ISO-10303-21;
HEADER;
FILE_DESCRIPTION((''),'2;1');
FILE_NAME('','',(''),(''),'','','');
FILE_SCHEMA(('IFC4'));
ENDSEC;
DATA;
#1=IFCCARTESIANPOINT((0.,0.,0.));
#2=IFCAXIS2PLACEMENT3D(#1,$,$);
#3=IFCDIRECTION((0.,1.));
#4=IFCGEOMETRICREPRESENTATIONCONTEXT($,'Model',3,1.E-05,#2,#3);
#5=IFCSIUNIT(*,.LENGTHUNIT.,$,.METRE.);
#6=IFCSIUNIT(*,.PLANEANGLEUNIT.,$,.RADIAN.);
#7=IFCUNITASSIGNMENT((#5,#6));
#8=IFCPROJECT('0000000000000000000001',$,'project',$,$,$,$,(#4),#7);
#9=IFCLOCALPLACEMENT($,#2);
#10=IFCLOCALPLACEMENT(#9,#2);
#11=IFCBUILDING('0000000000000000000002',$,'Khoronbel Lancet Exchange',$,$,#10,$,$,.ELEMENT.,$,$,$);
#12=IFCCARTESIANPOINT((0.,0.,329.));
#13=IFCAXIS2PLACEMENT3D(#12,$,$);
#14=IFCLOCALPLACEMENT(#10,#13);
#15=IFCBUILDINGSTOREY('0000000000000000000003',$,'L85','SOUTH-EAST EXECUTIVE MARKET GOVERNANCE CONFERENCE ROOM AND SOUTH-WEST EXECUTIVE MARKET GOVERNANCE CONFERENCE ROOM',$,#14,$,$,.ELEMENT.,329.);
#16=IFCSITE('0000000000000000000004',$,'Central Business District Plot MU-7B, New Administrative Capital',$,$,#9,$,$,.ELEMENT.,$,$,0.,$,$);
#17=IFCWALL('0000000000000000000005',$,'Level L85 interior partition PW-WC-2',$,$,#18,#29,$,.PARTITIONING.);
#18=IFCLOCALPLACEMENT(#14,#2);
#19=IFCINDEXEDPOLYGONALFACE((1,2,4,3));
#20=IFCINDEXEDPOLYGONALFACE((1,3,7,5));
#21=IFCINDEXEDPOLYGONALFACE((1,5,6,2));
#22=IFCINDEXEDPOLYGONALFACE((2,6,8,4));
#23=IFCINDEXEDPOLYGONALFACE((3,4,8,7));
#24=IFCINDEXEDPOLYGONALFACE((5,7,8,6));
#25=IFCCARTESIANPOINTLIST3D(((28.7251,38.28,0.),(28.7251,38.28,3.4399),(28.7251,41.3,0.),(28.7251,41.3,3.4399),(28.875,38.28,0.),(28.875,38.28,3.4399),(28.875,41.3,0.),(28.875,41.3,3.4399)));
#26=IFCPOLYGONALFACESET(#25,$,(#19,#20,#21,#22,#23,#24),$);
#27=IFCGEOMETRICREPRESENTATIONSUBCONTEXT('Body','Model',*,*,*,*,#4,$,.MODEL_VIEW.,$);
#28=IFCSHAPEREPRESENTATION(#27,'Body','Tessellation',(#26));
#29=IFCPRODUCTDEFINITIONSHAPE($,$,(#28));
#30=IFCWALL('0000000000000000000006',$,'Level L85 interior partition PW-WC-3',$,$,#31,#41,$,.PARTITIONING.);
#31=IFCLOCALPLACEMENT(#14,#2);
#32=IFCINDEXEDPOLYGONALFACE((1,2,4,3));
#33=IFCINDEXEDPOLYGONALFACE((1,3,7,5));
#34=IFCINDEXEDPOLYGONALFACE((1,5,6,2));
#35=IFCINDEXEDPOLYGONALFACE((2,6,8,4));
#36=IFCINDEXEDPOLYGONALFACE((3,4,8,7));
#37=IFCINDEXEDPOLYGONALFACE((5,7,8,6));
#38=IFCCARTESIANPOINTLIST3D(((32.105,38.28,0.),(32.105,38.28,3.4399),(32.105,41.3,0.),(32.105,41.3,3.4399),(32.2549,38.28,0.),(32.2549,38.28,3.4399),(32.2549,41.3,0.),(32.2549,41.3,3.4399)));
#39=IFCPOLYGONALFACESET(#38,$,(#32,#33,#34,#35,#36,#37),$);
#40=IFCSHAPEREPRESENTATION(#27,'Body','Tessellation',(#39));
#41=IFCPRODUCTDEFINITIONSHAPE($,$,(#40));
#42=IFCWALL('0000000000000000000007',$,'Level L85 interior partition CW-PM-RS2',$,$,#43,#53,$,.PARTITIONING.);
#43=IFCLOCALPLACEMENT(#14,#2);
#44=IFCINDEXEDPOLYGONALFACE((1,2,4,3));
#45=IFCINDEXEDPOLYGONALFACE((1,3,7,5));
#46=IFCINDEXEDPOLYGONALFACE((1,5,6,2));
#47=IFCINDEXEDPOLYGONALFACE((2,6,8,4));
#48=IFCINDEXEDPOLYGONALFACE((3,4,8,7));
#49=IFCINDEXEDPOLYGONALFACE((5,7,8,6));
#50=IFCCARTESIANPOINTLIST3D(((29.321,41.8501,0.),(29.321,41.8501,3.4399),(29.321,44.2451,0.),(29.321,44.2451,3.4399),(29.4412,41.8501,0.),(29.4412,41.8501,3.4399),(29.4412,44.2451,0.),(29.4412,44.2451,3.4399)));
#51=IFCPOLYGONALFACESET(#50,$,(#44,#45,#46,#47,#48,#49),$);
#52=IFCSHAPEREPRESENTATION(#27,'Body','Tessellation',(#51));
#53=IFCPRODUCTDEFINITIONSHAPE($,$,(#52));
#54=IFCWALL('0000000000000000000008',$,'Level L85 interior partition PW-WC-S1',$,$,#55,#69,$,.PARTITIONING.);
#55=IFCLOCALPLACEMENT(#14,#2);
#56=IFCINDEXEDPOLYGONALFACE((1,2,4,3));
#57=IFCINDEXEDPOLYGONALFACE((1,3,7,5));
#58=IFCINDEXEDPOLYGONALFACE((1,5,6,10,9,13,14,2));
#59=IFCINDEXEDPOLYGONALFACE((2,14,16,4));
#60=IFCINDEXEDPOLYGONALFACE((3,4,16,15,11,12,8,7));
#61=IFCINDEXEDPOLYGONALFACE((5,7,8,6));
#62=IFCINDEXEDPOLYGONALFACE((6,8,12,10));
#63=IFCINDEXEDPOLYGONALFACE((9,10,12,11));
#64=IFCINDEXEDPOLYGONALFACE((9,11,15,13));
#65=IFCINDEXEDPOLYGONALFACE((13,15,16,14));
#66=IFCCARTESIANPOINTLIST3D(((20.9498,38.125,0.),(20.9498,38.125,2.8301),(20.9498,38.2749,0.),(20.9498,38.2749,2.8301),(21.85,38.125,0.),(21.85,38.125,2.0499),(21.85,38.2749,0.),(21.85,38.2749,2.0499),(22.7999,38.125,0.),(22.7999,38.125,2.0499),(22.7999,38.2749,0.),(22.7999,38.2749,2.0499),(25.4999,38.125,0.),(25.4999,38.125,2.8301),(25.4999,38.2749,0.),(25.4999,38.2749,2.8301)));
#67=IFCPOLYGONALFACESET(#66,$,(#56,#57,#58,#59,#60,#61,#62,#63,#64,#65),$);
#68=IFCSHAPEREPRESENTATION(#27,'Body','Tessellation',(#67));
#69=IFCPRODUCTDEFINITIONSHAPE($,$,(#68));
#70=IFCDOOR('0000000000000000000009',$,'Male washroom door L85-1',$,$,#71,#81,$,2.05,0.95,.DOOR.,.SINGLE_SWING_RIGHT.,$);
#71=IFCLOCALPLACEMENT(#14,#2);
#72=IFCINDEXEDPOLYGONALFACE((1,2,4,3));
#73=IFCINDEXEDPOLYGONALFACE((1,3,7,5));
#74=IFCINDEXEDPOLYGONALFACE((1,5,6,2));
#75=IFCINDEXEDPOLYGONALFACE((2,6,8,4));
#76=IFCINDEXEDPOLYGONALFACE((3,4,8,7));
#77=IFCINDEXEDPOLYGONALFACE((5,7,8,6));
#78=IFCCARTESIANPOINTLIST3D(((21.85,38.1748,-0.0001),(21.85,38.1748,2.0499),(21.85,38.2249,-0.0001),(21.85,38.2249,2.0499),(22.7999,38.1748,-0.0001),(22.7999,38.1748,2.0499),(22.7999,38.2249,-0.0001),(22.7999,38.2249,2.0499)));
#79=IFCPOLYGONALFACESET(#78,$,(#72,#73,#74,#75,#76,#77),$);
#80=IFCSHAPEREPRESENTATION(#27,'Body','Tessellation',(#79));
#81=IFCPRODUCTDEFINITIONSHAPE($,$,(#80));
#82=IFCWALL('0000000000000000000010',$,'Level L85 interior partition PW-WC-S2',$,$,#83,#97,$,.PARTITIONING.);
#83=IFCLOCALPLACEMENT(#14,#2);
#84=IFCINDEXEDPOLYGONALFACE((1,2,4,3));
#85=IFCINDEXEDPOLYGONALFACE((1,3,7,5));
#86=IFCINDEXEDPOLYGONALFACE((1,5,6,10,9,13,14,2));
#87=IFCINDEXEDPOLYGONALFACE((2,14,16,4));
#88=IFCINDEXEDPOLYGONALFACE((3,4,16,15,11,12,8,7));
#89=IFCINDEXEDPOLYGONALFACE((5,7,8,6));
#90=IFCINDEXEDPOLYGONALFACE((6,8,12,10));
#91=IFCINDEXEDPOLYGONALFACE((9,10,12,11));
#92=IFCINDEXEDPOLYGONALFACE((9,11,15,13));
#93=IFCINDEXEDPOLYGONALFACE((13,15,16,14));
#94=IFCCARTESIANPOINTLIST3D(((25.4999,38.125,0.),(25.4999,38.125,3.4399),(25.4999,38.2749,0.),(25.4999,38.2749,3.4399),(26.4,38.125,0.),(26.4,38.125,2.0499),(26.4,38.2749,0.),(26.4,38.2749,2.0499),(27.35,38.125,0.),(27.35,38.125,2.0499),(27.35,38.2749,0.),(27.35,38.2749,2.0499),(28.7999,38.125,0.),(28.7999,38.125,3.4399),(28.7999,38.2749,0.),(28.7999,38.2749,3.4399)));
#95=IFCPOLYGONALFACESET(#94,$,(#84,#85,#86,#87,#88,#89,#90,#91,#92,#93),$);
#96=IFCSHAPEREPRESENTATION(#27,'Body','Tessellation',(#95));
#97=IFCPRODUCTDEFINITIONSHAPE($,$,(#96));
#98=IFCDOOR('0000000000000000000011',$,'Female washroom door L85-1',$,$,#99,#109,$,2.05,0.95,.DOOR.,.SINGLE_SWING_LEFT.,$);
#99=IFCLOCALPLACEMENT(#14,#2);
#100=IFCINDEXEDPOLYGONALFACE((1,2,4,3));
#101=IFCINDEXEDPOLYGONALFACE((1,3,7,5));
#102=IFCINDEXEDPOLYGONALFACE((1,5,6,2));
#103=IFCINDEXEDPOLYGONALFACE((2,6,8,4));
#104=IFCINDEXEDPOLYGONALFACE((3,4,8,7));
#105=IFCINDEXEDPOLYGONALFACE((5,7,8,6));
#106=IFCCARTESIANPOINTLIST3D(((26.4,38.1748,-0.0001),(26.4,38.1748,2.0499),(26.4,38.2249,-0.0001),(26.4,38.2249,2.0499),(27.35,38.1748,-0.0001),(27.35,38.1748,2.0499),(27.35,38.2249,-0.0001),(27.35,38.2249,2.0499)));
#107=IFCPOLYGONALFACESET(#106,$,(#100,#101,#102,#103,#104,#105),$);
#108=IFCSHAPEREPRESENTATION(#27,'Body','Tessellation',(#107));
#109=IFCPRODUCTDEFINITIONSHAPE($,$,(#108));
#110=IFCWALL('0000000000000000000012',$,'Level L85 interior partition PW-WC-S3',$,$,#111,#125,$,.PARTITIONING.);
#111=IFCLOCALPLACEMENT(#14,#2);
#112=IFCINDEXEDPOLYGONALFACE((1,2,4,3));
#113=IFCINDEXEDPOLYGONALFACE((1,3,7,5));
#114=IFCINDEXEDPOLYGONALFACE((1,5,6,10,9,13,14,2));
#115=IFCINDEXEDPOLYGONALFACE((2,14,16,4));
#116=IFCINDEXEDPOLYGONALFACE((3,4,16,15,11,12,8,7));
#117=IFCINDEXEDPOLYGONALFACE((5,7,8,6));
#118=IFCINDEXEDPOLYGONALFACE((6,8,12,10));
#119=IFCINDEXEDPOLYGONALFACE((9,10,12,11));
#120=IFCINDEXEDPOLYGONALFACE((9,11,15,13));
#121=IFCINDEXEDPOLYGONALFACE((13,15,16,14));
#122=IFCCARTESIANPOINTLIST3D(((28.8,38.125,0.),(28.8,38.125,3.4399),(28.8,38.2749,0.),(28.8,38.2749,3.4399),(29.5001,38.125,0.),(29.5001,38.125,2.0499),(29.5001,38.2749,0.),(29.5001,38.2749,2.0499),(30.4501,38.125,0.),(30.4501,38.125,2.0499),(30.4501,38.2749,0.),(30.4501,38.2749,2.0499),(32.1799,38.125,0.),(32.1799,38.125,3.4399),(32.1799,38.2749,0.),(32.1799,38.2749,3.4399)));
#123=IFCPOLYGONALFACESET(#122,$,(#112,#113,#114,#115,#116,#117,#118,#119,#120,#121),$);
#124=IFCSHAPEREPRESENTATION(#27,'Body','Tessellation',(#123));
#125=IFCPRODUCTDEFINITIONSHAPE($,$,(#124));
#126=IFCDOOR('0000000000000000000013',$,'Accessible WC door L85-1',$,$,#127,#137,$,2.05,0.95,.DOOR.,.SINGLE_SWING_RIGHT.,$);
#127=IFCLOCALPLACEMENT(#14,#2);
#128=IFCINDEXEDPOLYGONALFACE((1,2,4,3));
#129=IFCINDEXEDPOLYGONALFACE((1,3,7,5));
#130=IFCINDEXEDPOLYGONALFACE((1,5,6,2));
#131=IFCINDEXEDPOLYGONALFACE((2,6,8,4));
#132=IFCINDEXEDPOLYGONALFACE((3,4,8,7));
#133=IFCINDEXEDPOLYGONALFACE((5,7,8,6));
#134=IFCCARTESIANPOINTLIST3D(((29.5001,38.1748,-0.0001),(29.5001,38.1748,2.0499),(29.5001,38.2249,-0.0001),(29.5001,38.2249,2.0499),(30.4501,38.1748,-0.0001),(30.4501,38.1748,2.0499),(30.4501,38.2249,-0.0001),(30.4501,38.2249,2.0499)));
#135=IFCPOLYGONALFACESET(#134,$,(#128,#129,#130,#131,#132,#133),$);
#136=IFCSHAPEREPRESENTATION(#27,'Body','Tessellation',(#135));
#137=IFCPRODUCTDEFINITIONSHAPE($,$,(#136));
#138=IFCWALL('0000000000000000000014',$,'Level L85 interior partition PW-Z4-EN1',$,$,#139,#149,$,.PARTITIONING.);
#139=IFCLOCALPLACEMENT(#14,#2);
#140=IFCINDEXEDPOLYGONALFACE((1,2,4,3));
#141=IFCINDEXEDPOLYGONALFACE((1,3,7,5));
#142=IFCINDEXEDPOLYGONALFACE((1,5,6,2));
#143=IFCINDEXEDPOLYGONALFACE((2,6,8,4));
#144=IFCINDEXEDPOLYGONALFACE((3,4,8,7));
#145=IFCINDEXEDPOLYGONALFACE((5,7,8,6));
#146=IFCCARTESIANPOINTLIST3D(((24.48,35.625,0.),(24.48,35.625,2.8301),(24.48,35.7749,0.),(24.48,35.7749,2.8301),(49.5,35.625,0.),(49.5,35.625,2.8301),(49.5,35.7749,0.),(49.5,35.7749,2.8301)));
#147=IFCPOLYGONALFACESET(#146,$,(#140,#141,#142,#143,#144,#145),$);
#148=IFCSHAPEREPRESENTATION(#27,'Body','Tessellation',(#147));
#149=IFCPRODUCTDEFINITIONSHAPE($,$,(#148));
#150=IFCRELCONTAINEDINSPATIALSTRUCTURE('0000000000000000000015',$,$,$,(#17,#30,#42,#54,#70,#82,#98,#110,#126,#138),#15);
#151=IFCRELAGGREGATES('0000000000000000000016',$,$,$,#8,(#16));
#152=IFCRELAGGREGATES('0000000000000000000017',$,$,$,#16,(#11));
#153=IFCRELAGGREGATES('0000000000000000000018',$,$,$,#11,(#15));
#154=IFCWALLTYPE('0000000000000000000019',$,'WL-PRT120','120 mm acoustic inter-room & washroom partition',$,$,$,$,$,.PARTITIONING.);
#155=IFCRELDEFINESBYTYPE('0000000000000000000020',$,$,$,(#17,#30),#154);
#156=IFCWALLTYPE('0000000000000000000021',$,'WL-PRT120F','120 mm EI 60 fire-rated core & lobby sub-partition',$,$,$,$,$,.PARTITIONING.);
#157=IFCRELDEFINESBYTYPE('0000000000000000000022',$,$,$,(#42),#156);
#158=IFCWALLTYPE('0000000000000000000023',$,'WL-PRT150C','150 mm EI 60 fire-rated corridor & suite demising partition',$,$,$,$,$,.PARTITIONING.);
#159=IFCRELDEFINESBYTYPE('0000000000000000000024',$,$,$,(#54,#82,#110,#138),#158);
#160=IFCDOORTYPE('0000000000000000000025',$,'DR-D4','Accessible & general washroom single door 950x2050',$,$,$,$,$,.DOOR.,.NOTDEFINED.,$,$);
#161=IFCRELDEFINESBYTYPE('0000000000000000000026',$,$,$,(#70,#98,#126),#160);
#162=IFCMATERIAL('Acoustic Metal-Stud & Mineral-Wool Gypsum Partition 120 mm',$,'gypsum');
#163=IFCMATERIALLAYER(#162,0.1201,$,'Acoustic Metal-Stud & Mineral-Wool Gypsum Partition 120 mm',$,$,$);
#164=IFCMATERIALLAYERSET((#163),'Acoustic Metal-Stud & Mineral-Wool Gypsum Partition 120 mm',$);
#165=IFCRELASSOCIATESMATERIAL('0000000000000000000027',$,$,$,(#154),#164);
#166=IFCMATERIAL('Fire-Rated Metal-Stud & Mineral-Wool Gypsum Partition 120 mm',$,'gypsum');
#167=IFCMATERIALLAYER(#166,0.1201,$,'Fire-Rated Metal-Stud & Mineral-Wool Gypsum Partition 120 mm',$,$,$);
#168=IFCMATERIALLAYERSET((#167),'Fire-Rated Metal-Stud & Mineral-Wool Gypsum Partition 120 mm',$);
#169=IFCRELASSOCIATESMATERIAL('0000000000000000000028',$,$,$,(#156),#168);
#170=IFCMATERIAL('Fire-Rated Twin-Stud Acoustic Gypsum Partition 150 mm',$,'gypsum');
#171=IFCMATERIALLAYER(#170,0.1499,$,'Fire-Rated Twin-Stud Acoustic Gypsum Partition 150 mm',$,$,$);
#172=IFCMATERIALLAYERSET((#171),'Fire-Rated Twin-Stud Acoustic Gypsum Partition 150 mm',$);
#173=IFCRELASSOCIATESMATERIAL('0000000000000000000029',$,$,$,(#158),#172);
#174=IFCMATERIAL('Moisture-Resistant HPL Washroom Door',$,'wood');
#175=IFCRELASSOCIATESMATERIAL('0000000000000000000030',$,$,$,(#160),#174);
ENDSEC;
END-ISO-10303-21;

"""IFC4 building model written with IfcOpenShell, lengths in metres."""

from ifc_helpers import new_model, si_unit, direction, frame, frame_2d, origin, place, context, subcontext, project, spatial, rectangle, extrude, material, layer, layer_set, type_object, element, fill, save


model = new_model("IFC4")

# Units and contexts
model_context = context("Model", 3, precision=1e-05, world=origin(), true_north=direction((0.0, 1.0)))
body_context = subcontext(model_context, "Body", "Model", "MODEL_VIEW")
ifc_project = project(units=[si_unit("LENGTHUNIT", "METRE"), si_unit("PLANEANGLEUNIT", "RADIAN")], contexts=[model_context])

# Site, building, storey
site_placement = place(None, origin())
site = spatial("IfcSite", under=ifc_project, at=site_placement, Name="Central Business District Plot MU-7B, New Administrative Capital", CompositionType="ELEMENT", RefElevation=0.0)
building_placement = place(site_placement, origin())
building = spatial("IfcBuilding", under=site, at=building_placement, Name="Khoronbel Lancet Exchange", CompositionType="ELEMENT")
storey_placement = place(building_placement, frame((0.0, 0.0, 329.0)))
storey = spatial("IfcBuildingStorey", under=building, at=storey_placement, Name="L85", Description="SOUTH-EAST EXECUTIVE MARKET GOVERNANCE CONFERENCE ROOM AND SOUTH-WEST EXECUTIVE MARKET GOVERNANCE CONFERENCE ROOM", CompositionType="ELEMENT", Elevation=329.0)

# Walls
ifc_material_1 = material(Name="Acoustic Metal-Stud & Mineral-Wool Gypsum Partition 120 mm", Category="gypsum")
ifc_layer_1 = layer(ifc_material_1, 0.1201, Name="Acoustic Metal-Stud & Mineral-Wool Gypsum Partition 120 mm")
ifc_layer_set_1 = layer_set([ifc_layer_1], Name="Acoustic Metal-Stud & Mineral-Wool Gypsum Partition 120 mm")
wall_type_1 = type_object("IfcWallType", Name="WL-PRT120", Description="120 mm acoustic inter-room & washroom partition", PredefinedType="PARTITIONING", material=ifc_layer_set_1)
for number, where, z_axis, x_axis, name in (
    (1, (28.8, 38.28, 0.0), (0.0, 0.0, 1.0), (0.0, 1.0, 0.0), "Level L85 interior partition PW-WC-2"),
    (2, (32.1799, 38.28, 0.0), (0.0, 0.0, 1.0), (0.0, 1.0, 0.0), "Level L85 interior partition PW-WC-3"),
):
    element("IfcWall", number, at=place(storey_placement, frame(where, z_axis=z_axis, x_axis=x_axis)), inside=storey, type_object=wall_type_1, Name=name, PredefinedType="PARTITIONING", context=body_context, shape_type="SweptSolid", body=[
        extrude(rectangle(XDim=3.02, YDim=0.1499, at=frame_2d((1.51, 0.0))), origin(), (0.0, 0.0, 1.0), 3.4399),
    ])
ifc_material_2 = material(Name="Fire-Rated Metal-Stud & Mineral-Wool Gypsum Partition 120 mm", Category="gypsum")
ifc_layer_2 = layer(ifc_material_2, 0.1201, Name="Fire-Rated Metal-Stud & Mineral-Wool Gypsum Partition 120 mm")
ifc_layer_set_2 = layer_set([ifc_layer_2], Name="Fire-Rated Metal-Stud & Mineral-Wool Gypsum Partition 120 mm")
wall_type_2 = type_object("IfcWallType", Name="WL-PRT120F", Description="120 mm EI 60 fire-rated core & lobby sub-partition", PredefinedType="PARTITIONING", material=ifc_layer_set_2)
wall_1_placement = place(storey_placement, frame((29.3811, 41.8501, 0.0), z_axis=(0.0, 0.0, 1.0), x_axis=(0.0, 1.0, 0.0)))
element("IfcWall", 3, at=wall_1_placement, inside=storey, type_object=wall_type_2, Name="Level L85 interior partition CW-PM-RS2", PredefinedType="PARTITIONING", context=body_context, shape_type="SweptSolid", body=[
    extrude(rectangle(XDim=2.395, YDim=0.1201, at=frame_2d((1.1975, 0.0))), origin(), (0.0, 0.0, 1.0), 3.4399),
])

# Walls, openings, doors
ifc_material_3 = material(Name="Fire-Rated Twin-Stud Acoustic Gypsum Partition 150 mm", Category="gypsum")
ifc_layer_3 = layer(ifc_material_3, 0.1499, Name="Fire-Rated Twin-Stud Acoustic Gypsum Partition 150 mm")
ifc_layer_set_3 = layer_set([ifc_layer_3], Name="Fire-Rated Twin-Stud Acoustic Gypsum Partition 150 mm")
wall_type_3 = type_object("IfcWallType", Name="WL-PRT150C", Description="150 mm EI 60 fire-rated corridor & suite demising partition", PredefinedType="PARTITIONING", material=ifc_layer_set_3)
wall_2_placement = place(storey_placement, frame((20.95, 38.2, 0.0), z_axis=(0.0, 0.0, 1.0), x_axis=(1.0, 0.0, 0.0)))
wall_2 = element("IfcWall", 4, at=wall_2_placement, inside=storey, type_object=wall_type_3, Name="Level L85 interior partition PW-WC-S1", PredefinedType="PARTITIONING", context=body_context, shape_type="SweptSolid", body=[
    extrude(rectangle(XDim=4.55, YDim=0.1499, at=frame_2d((2.2749, 0.0))), origin(), (0.0, 0.0, 1.0), 2.8301),
])
opening_1_placement = place(wall_2_placement, frame((0.8999, 0.0, 0.0)))
opening_1 = element("IfcOpeningElement", 5, at=opening_1_placement, cuts=wall_2, PredefinedType="OPENING", context=body_context, shape_type="SweptSolid", body=[
    extrude(rectangle(XDim=0.95, YDim=2.05, at=frame_2d((0.4751, 1.0249))), frame((0.0, 0.085, 0.0), z_axis=(0.0, -1.0, 0.0), x_axis=(1.0, 0.0, 0.0)), (0.0, 0.0, 1.0), 0.1699),
])
ifc_material_4 = material(Name="Moisture-Resistant HPL Washroom Door", Category="wood")
door_type_1 = type_object("IfcDoorType", Name="DR-D4", Description="Accessible & general washroom single door 950x2050", OperationType="NOTDEFINED", PredefinedType="DOOR", material=ifc_material_4)
door_1_placement = place(opening_1_placement, origin())
door_1 = element("IfcDoor", 6, at=door_1_placement, inside=storey, type_object=door_type_1, Name="Male washroom door L85-1", OperationType="SINGLE_SWING_RIGHT", OverallHeight=2.05, OverallWidth=0.95, PredefinedType="DOOR", context=body_context, shape_type="SweptSolid", body=[
    extrude(rectangle(XDim=0.95, YDim=2.05, at=frame_2d((0.4751, 1.0249))), frame((0.0, 0.0249, 0.0), z_axis=(0.0, -1.0, 0.0), x_axis=(1.0, 0.0, 0.0)), (0.0, 0.0, 1.0), 0.05),
])
fill(opening_1, door_1)
wall_3_placement = place(storey_placement, frame((25.5, 38.2, 0.0), z_axis=(0.0, 0.0, 1.0), x_axis=(1.0, 0.0, 0.0)))
wall_3 = element("IfcWall", 7, at=wall_3_placement, inside=storey, type_object=wall_type_3, Name="Level L85 interior partition PW-WC-S2", PredefinedType="PARTITIONING", context=body_context, shape_type="SweptSolid", body=[
    extrude(rectangle(XDim=3.3, YDim=0.1499, at=frame_2d((1.6499, 0.0))), origin(), (0.0, 0.0, 1.0), 3.4399),
])
opening_2_placement = place(wall_3_placement, frame((0.8999, 0.0, 0.0)))
opening_2 = element("IfcOpeningElement", 8, at=opening_2_placement, cuts=wall_3, PredefinedType="OPENING", context=body_context, shape_type="SweptSolid", body=[
    extrude(rectangle(XDim=0.95, YDim=2.05, at=frame_2d((0.4751, 1.0249))), frame((0.0, 0.085, 0.0), z_axis=(0.0, -1.0, 0.0), x_axis=(1.0, 0.0, 0.0)), (0.0, 0.0, 1.0), 0.1699),
])
door_2_placement = place(opening_2_placement, origin())
door_2 = element("IfcDoor", 9, at=door_2_placement, inside=storey, type_object=door_type_1, Name="Female washroom door L85-1", OperationType="SINGLE_SWING_LEFT", OverallHeight=2.05, OverallWidth=0.95, PredefinedType="DOOR", context=body_context, shape_type="SweptSolid", body=[
    extrude(rectangle(XDim=0.95, YDim=2.05, at=frame_2d((0.4751, 1.0249))), frame((0.0, 0.0249, 0.0), z_axis=(0.0, -1.0, 0.0), x_axis=(1.0, 0.0, 0.0)), (0.0, 0.0, 1.0), 0.05),
])
fill(opening_2, door_2)
wall_4_placement = place(storey_placement, frame((28.8, 38.2, 0.0), z_axis=(0.0, 0.0, 1.0), x_axis=(1.0, 0.0, 0.0)))
wall_4 = element("IfcWall", 10, at=wall_4_placement, inside=storey, type_object=wall_type_3, Name="Level L85 interior partition PW-WC-S3", PredefinedType="PARTITIONING", context=body_context, shape_type="SweptSolid", body=[
    extrude(rectangle(XDim=3.3799, YDim=0.1499, at=frame_2d((1.6899, 0.0))), origin(), (0.0, 0.0, 1.0), 3.4399),
])
opening_3_placement = place(wall_4_placement, frame((0.7, 0.0, 0.0)))
opening_3 = element("IfcOpeningElement", 11, at=opening_3_placement, cuts=wall_4, PredefinedType="OPENING", context=body_context, shape_type="SweptSolid", body=[
    extrude(rectangle(XDim=0.95, YDim=2.05, at=frame_2d((0.4751, 1.0249))), frame((0.0, 0.085, 0.0), z_axis=(0.0, -1.0, 0.0), x_axis=(1.0, 0.0, 0.0)), (0.0, 0.0, 1.0), 0.1699),
])
door_3_placement = place(opening_3_placement, origin())
door_3 = element("IfcDoor", 12, at=door_3_placement, inside=storey, type_object=door_type_1, Name="Accessible WC door L85-1", OperationType="SINGLE_SWING_RIGHT", OverallHeight=2.05, OverallWidth=0.95, PredefinedType="DOOR", context=body_context, shape_type="SweptSolid", body=[
    extrude(rectangle(XDim=0.95, YDim=2.05, at=frame_2d((0.4751, 1.0249))), frame((0.0, 0.0249, 0.0), z_axis=(0.0, -1.0, 0.0), x_axis=(1.0, 0.0, 0.0)), (0.0, 0.0, 1.0), 0.05),
])
fill(opening_3, door_3)

# Wall
wall_5_placement = place(storey_placement, frame((24.48, 35.7, 0.0), z_axis=(0.0, 0.0, 1.0), x_axis=(1.0, 0.0, 0.0)))
element("IfcWall", 13, at=wall_5_placement, inside=storey, type_object=wall_type_3, Name="Level L85 interior partition PW-Z4-EN1", PredefinedType="PARTITIONING", context=body_context, shape_type="SweptSolid", body=[
    extrude(rectangle(XDim=25.02, YDim=0.1499, at=frame_2d((12.51, 0.0))), origin(), (0.0, 0.0, 1.0), 2.8301),
])

save(model, "model.ifc")
